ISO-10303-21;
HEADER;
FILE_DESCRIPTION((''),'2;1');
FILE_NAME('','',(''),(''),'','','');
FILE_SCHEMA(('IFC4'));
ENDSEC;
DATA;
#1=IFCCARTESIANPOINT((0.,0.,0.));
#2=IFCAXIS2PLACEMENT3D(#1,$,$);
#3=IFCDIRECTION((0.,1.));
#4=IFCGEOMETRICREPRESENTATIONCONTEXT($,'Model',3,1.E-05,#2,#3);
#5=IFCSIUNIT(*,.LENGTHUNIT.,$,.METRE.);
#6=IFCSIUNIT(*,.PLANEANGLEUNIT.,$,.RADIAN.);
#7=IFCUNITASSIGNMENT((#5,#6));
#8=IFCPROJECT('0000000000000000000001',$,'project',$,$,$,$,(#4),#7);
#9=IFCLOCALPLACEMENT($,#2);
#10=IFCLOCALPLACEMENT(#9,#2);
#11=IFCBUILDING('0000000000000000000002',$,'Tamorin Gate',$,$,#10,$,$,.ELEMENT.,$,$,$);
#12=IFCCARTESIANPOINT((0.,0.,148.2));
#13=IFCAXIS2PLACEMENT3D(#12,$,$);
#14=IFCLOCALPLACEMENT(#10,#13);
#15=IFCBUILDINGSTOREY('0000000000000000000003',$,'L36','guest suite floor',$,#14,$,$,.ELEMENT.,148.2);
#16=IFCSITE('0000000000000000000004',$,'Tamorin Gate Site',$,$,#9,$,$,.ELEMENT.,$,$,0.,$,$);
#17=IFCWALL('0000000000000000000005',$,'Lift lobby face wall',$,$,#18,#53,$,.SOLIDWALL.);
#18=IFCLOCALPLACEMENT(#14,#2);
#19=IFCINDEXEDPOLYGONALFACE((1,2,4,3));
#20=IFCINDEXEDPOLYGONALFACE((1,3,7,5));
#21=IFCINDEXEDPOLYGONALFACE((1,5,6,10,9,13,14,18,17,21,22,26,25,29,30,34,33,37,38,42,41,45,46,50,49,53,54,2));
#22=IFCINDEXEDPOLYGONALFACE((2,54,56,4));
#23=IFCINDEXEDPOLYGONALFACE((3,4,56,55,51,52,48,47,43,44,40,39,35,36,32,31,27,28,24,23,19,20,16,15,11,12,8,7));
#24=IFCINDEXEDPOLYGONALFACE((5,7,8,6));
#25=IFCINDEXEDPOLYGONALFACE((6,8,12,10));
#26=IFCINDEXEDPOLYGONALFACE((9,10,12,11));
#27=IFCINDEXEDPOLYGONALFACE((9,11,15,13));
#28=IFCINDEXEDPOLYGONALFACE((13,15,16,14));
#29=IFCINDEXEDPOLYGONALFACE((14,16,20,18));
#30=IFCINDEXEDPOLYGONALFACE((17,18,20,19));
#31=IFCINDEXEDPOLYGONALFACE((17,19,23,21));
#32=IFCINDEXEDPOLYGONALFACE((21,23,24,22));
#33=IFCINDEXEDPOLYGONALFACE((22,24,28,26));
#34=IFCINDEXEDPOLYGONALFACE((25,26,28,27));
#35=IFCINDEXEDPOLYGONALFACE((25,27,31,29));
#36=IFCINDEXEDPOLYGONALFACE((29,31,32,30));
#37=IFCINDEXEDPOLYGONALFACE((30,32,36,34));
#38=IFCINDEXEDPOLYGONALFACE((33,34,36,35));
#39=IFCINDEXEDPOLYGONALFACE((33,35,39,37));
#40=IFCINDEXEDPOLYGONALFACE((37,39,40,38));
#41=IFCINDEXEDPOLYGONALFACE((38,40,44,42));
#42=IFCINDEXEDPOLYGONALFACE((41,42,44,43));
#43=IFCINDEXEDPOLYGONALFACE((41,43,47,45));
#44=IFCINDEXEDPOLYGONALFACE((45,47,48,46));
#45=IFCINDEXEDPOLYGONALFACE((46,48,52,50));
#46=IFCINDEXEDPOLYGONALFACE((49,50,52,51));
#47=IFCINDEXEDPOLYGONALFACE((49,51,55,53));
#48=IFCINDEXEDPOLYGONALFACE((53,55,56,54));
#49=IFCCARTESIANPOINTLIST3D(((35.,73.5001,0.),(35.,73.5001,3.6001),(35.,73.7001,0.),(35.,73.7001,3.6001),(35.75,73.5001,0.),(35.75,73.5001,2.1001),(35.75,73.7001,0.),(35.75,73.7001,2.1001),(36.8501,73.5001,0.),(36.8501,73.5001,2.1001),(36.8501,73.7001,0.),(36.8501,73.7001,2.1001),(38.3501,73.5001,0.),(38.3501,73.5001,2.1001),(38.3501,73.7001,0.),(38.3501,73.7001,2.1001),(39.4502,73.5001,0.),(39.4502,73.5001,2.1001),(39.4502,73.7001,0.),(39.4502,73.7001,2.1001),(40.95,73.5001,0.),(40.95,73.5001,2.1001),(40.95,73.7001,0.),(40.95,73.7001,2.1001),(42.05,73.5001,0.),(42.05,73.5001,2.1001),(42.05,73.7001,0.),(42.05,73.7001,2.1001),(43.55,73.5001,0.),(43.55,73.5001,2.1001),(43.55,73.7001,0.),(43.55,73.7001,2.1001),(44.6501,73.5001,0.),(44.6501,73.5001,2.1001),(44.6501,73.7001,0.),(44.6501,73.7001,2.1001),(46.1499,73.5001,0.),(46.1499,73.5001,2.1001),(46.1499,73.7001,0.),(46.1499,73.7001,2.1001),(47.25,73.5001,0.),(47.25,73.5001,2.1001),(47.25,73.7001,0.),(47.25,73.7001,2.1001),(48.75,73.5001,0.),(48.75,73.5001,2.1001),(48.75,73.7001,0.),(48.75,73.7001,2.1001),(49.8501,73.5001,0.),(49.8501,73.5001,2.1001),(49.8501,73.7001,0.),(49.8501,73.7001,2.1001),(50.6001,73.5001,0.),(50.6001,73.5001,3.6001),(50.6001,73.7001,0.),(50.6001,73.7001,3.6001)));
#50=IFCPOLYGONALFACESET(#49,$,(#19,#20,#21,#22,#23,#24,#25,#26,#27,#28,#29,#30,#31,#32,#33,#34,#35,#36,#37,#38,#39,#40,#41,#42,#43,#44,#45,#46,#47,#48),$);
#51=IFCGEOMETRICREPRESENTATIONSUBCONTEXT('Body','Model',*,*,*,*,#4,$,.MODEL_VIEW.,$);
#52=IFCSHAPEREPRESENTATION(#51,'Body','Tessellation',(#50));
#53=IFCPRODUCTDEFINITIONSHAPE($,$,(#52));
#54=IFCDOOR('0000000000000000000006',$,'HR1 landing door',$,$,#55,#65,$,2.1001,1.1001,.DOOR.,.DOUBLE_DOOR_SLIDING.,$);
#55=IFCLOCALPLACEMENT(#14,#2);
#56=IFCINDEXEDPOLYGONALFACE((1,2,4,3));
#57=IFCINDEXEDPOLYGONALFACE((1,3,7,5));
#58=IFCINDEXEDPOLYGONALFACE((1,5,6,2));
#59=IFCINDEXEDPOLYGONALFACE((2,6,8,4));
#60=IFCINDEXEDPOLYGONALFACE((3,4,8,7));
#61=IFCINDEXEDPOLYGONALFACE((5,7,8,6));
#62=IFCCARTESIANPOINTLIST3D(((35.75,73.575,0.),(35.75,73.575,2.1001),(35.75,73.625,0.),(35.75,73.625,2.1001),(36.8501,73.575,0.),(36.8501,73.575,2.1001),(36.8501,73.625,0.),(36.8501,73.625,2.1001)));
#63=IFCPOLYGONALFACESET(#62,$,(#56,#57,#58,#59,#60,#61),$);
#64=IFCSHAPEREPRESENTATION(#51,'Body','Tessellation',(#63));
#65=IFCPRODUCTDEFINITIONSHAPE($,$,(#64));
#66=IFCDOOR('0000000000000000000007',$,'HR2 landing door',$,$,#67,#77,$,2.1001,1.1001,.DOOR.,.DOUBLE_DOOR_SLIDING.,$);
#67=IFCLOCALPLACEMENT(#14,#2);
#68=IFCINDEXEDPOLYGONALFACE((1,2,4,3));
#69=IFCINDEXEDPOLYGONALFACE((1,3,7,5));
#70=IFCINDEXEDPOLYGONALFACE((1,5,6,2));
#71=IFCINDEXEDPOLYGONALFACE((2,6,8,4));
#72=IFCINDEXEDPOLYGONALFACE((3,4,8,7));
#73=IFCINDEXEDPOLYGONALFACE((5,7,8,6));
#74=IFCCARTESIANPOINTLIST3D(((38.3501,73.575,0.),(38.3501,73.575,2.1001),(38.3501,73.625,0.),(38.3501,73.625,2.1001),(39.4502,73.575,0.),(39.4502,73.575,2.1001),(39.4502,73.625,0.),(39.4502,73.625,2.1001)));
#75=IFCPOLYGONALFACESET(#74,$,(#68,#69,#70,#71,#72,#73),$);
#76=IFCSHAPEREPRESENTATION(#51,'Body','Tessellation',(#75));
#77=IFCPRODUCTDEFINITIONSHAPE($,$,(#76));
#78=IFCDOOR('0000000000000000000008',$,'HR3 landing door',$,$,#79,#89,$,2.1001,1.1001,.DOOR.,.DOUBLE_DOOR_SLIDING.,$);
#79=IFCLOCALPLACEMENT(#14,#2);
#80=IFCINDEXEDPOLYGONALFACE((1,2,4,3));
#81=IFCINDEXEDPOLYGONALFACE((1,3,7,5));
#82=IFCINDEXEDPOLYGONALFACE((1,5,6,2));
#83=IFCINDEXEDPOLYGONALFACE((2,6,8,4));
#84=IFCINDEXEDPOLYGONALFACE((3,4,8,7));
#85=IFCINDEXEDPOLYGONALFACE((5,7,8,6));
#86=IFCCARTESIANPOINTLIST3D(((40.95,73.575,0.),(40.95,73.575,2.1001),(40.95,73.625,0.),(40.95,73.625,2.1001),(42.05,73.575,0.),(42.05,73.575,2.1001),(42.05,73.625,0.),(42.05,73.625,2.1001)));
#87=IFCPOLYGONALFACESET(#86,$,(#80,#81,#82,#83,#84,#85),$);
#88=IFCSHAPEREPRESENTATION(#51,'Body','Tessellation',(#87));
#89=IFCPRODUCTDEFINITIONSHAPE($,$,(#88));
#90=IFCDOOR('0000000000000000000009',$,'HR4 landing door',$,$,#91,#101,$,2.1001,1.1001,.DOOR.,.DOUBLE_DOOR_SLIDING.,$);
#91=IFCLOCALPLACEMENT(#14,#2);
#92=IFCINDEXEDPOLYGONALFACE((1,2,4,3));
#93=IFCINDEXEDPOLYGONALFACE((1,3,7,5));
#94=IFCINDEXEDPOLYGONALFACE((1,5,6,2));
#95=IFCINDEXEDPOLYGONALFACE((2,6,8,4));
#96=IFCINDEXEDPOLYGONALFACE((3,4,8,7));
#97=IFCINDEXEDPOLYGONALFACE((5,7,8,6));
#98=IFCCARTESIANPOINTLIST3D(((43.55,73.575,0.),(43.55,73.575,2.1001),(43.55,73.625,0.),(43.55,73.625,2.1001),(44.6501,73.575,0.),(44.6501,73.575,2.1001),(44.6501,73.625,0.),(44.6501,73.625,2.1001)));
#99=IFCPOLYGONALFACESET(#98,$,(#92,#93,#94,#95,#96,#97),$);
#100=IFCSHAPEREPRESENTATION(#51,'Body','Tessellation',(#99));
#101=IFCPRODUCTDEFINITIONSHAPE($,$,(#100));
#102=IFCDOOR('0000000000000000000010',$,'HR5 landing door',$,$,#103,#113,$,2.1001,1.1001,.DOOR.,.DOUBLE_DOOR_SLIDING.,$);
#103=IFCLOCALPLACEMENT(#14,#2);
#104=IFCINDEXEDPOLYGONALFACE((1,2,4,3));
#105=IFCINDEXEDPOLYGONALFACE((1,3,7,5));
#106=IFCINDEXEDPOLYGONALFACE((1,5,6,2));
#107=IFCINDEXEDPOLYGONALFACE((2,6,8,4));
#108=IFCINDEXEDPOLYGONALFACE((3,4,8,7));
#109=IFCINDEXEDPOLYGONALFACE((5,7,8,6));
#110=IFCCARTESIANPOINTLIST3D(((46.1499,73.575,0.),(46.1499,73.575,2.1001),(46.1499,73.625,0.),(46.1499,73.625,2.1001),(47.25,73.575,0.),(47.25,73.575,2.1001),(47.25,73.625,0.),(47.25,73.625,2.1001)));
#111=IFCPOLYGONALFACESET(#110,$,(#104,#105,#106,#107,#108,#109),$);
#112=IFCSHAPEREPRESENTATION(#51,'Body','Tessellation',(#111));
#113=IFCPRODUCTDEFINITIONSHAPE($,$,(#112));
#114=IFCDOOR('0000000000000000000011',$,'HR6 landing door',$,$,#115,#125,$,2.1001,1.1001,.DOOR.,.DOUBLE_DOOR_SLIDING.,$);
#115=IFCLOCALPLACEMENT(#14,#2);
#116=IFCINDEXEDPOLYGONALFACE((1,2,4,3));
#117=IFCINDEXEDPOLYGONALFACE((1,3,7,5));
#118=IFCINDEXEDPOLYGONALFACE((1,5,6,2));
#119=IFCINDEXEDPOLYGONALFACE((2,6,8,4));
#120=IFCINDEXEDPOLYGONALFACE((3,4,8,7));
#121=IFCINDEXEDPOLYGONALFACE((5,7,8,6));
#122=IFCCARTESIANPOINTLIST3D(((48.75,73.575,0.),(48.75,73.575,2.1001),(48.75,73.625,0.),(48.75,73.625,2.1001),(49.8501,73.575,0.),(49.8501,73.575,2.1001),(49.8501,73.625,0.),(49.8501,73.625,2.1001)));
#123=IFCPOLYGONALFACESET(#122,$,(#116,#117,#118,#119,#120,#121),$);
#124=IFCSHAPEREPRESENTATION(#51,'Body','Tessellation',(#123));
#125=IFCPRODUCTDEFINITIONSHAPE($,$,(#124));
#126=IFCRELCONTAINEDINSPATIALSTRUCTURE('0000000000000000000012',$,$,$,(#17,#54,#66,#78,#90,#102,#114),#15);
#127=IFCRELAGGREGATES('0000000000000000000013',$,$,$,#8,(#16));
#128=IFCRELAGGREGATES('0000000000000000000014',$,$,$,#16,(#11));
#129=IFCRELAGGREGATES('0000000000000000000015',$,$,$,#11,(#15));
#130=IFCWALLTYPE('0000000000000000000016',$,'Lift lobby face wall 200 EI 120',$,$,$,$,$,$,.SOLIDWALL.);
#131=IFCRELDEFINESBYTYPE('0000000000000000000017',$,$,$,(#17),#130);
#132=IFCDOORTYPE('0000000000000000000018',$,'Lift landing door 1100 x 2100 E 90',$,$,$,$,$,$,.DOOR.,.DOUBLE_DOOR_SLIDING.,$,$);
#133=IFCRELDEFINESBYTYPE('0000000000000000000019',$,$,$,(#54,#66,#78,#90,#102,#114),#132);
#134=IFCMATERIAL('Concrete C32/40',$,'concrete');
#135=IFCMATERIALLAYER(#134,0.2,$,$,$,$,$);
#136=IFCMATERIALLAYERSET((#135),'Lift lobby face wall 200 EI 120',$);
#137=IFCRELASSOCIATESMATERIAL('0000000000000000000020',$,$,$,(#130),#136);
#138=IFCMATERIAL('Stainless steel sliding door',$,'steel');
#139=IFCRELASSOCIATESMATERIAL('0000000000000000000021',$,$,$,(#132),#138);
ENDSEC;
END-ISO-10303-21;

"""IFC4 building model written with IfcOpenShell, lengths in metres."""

from ifc_helpers import new_model, si_unit, direction, frame, frame_2d, origin, place, context, subcontext, project, spatial, rectangle, extrude, material, layer, layer_set, type_object, element, fill, save


model = new_model("IFC4")

# Units and contexts
model_context = context("Model", 3, precision=1e-05, world=origin(), true_north=direction((0.0, 1.0)))
body_context = subcontext(model_context, "Body", "Model", "MODEL_VIEW")
ifc_project = project(units=[si_unit("LENGTHUNIT", "METRE"), si_unit("PLANEANGLEUNIT", "RADIAN")], contexts=[model_context])

# Site, building, storey
site_placement = place(None, origin())
site = spatial("IfcSite", under=ifc_project, at=site_placement, Name="Tamorin Gate Site", CompositionType="ELEMENT", RefElevation=0.0)
building_placement = place(site_placement, origin())
building = spatial("IfcBuilding", under=site, at=building_placement, Name="Tamorin Gate", CompositionType="ELEMENT")
storey_placement = place(building_placement, frame((0.0, 0.0, 148.2)))
storey = spatial("IfcBuildingStorey", under=building, at=storey_placement, Name="L36", Description="guest suite floor", CompositionType="ELEMENT", Elevation=148.2)

# Wall, openings, doors
ifc_material_1 = material(Name="Concrete C32/40", Category="concrete")
ifc_layer_1 = layer(ifc_material_1, 0.2)
ifc_layer_set_1 = layer_set([ifc_layer_1], Name="Lift lobby face wall 200 EI 120")
wall_type_1 = type_object("IfcWallType", Name="Lift lobby face wall 200 EI 120", PredefinedType="SOLIDWALL", material=ifc_layer_set_1)
wall_1_placement = place(storey_placement, frame((35.0, 73.6001, 0.0), z_axis=(0.0, 0.0, 1.0), x_axis=(1.0, 0.0, 0.0)))
wall_1 = element("IfcWall", 1, at=wall_1_placement, inside=storey, type_object=wall_type_1, Name="Lift lobby face wall", PredefinedType="SOLIDWALL", context=body_context, shape_type="SweptSolid", body=[
    extrude(rectangle(XDim=15.6001, YDim=0.2, at=frame_2d((7.8, 0.0))), origin(), (0.0, 0.0, 1.0), 3.6001),
])
opening_1_placement = place(wall_1_placement, frame((0.75, 0.0, 0.0)))
opening_1 = element("IfcOpeningElement", 2, at=opening_1_placement, cuts=wall_1, PredefinedType="OPENING", context=body_context, shape_type="SweptSolid", body=[
    extrude(rectangle(XDim=1.1001, YDim=2.1001, at=frame_2d((0.55, 1.05))), frame((0.0, 0.1099, 0.0), z_axis=(0.0, -1.0, 0.0), x_axis=(1.0, 0.0, 0.0)), (0.0, 0.0, 1.0), 0.22),
])
opening_2_placement = place(wall_1_placement, frame((3.3501, 0.0, 0.0)))
opening_2 = element("IfcOpeningElement", 3, at=opening_2_placement, cuts=wall_1, PredefinedType="OPENING", context=body_context, shape_type="SweptSolid", body=[
    extrude(rectangle(XDim=1.1001, YDim=2.1001, at=frame_2d((0.55, 1.05))), frame((0.0, 0.1099, 0.0), z_axis=(0.0, -1.0, 0.0), x_axis=(1.0, 0.0, 0.0)), (0.0, 0.0, 1.0), 0.22),
])
opening_3_placement = place(wall_1_placement, frame((5.95, 0.0, 0.0)))
opening_3 = element("IfcOpeningElement", 4, at=opening_3_placement, cuts=wall_1, PredefinedType="OPENING", context=body_context, shape_type="SweptSolid", body=[
    extrude(rectangle(XDim=1.1001, YDim=2.1001, at=frame_2d((0.55, 1.05))), frame((0.0, 0.1099, 0.0), z_axis=(0.0, -1.0, 0.0), x_axis=(1.0, 0.0, 0.0)), (0.0, 0.0, 1.0), 0.22),
])
opening_4_placement = place(wall_1_placement, frame((8.55, 0.0, 0.0)))
opening_4 = element("IfcOpeningElement", 5, at=opening_4_placement, cuts=wall_1, PredefinedType="OPENING", context=body_context, shape_type="SweptSolid", body=[
    extrude(rectangle(XDim=1.1001, YDim=2.1001, at=frame_2d((0.55, 1.05))), frame((0.0, 0.1099, 0.0), z_axis=(0.0, -1.0, 0.0), x_axis=(1.0, 0.0, 0.0)), (0.0, 0.0, 1.0), 0.22),
])
opening_5_placement = place(wall_1_placement, frame((11.1499, 0.0, 0.0)))
opening_5 = element("IfcOpeningElement", 6, at=opening_5_placement, cuts=wall_1, PredefinedType="OPENING", context=body_context, shape_type="SweptSolid", body=[
    extrude(rectangle(XDim=1.1001, YDim=2.1001, at=frame_2d((0.55, 1.05))), frame((0.0, 0.1099, 0.0), z_axis=(0.0, -1.0, 0.0), x_axis=(1.0, 0.0, 0.0)), (0.0, 0.0, 1.0), 0.22),
])
opening_6_placement = place(wall_1_placement, frame((13.75, 0.0, 0.0)))
opening_6 = element("IfcOpeningElement", 7, at=opening_6_placement, cuts=wall_1, PredefinedType="OPENING", context=body_context, shape_type="SweptSolid", body=[
    extrude(rectangle(XDim=1.1001, YDim=2.1001, at=frame_2d((0.55, 1.05))), frame((0.0, 0.1099, 0.0), z_axis=(0.0, -1.0, 0.0), x_axis=(1.0, 0.0, 0.0)), (0.0, 0.0, 1.0), 0.22),
])
ifc_material_2 = material(Name="Stainless steel sliding door", Category="steel")
door_type_1 = type_object("IfcDoorType", Name="Lift landing door 1100 x 2100 E 90", OperationType="DOUBLE_DOOR_SLIDING", PredefinedType="DOOR", material=ifc_material_2)
door_1_placement = place(opening_1_placement, origin())
door_1 = element("IfcDoor", 8, at=door_1_placement, inside=storey, type_object=door_type_1, Name="HR1 landing door", OperationType="DOUBLE_DOOR_SLIDING", OverallHeight=2.1001, OverallWidth=1.1001, PredefinedType="DOOR", context=body_context, shape_type="SweptSolid", body=[
    extrude(rectangle(XDim=1.1001, YDim=2.1001, at=frame_2d((0.55, 1.05))), frame((0.0, 0.0249, 0.0), z_axis=(0.0, -1.0, 0.0), x_axis=(1.0, 0.0, 0.0)), (0.0, 0.0, 1.0), 0.05),
])
fill(opening_1, door_1)
door_2_placement = place(opening_2_placement, origin())
door_2 = element("IfcDoor", 9, at=door_2_placement, inside=storey, type_object=door_type_1, Name="HR2 landing door", OperationType="DOUBLE_DOOR_SLIDING", OverallHeight=2.1001, OverallWidth=1.1001, PredefinedType="DOOR", context=body_context, shape_type="SweptSolid", body=[
    extrude(rectangle(XDim=1.1001, YDim=2.1001, at=frame_2d((0.55, 1.05))), frame((0.0, 0.0249, 0.0), z_axis=(0.0, -1.0, 0.0), x_axis=(1.0, 0.0, 0.0)), (0.0, 0.0, 1.0), 0.05),
])
fill(opening_2, door_2)
door_3_placement = place(opening_3_placement, origin())
door_3 = element("IfcDoor", 10, at=door_3_placement, inside=storey, type_object=door_type_1, Name="HR3 landing door", OperationType="DOUBLE_DOOR_SLIDING", OverallHeight=2.1001, OverallWidth=1.1001, PredefinedType="DOOR", context=body_context, shape_type="SweptSolid", body=[
    extrude(rectangle(XDim=1.1001, YDim=2.1001, at=frame_2d((0.55, 1.05))), frame((0.0, 0.0249, 0.0), z_axis=(0.0, -1.0, 0.0), x_axis=(1.0, 0.0, 0.0)), (0.0, 0.0, 1.0), 0.05),
])
fill(opening_3, door_3)
door_4_placement = place(opening_4_placement, origin())
door_4 = element("IfcDoor", 11, at=door_4_placement, inside=storey, type_object=door_type_1, Name="HR4 landing door", OperationType="DOUBLE_DOOR_SLIDING", OverallHeight=2.1001, OverallWidth=1.1001, PredefinedType="DOOR", context=body_context, shape_type="SweptSolid", body=[
    extrude(rectangle(XDim=1.1001, YDim=2.1001, at=frame_2d((0.55, 1.05))), frame((0.0, 0.0249, 0.0), z_axis=(0.0, -1.0, 0.0), x_axis=(1.0, 0.0, 0.0)), (0.0, 0.0, 1.0), 0.05),
])
fill(opening_4, door_4)
door_5_placement = place(opening_5_placement, origin())
door_5 = element("IfcDoor", 12, at=door_5_placement, inside=storey, type_object=door_type_1, Name="HR5 landing door", OperationType="DOUBLE_DOOR_SLIDING", OverallHeight=2.1001, OverallWidth=1.1001, PredefinedType="DOOR", context=body_context, shape_type="SweptSolid", body=[
    extrude(rectangle(XDim=1.1001, YDim=2.1001, at=frame_2d((0.55, 1.05))), frame((0.0, 0.0249, 0.0), z_axis=(0.0, -1.0, 0.0), x_axis=(1.0, 0.0, 0.0)), (0.0, 0.0, 1.0), 0.05),
])
fill(opening_5, door_5)
door_6_placement = place(opening_6_placement, origin())
door_6 = element("IfcDoor", 13, at=door_6_placement, inside=storey, type_object=door_type_1, Name="HR6 landing door", OperationType="DOUBLE_DOOR_SLIDING", OverallHeight=2.1001, OverallWidth=1.1001, PredefinedType="DOOR", context=body_context, shape_type="SweptSolid", body=[
    extrude(rectangle(XDim=1.1001, YDim=2.1001, at=frame_2d((0.55, 1.05))), frame((0.0, 0.0249, 0.0), z_axis=(0.0, -1.0, 0.0), x_axis=(1.0, 0.0, 0.0)), (0.0, 0.0, 1.0), 0.05),
])
fill(opening_6, door_6)

save(model, "model.ifc")
